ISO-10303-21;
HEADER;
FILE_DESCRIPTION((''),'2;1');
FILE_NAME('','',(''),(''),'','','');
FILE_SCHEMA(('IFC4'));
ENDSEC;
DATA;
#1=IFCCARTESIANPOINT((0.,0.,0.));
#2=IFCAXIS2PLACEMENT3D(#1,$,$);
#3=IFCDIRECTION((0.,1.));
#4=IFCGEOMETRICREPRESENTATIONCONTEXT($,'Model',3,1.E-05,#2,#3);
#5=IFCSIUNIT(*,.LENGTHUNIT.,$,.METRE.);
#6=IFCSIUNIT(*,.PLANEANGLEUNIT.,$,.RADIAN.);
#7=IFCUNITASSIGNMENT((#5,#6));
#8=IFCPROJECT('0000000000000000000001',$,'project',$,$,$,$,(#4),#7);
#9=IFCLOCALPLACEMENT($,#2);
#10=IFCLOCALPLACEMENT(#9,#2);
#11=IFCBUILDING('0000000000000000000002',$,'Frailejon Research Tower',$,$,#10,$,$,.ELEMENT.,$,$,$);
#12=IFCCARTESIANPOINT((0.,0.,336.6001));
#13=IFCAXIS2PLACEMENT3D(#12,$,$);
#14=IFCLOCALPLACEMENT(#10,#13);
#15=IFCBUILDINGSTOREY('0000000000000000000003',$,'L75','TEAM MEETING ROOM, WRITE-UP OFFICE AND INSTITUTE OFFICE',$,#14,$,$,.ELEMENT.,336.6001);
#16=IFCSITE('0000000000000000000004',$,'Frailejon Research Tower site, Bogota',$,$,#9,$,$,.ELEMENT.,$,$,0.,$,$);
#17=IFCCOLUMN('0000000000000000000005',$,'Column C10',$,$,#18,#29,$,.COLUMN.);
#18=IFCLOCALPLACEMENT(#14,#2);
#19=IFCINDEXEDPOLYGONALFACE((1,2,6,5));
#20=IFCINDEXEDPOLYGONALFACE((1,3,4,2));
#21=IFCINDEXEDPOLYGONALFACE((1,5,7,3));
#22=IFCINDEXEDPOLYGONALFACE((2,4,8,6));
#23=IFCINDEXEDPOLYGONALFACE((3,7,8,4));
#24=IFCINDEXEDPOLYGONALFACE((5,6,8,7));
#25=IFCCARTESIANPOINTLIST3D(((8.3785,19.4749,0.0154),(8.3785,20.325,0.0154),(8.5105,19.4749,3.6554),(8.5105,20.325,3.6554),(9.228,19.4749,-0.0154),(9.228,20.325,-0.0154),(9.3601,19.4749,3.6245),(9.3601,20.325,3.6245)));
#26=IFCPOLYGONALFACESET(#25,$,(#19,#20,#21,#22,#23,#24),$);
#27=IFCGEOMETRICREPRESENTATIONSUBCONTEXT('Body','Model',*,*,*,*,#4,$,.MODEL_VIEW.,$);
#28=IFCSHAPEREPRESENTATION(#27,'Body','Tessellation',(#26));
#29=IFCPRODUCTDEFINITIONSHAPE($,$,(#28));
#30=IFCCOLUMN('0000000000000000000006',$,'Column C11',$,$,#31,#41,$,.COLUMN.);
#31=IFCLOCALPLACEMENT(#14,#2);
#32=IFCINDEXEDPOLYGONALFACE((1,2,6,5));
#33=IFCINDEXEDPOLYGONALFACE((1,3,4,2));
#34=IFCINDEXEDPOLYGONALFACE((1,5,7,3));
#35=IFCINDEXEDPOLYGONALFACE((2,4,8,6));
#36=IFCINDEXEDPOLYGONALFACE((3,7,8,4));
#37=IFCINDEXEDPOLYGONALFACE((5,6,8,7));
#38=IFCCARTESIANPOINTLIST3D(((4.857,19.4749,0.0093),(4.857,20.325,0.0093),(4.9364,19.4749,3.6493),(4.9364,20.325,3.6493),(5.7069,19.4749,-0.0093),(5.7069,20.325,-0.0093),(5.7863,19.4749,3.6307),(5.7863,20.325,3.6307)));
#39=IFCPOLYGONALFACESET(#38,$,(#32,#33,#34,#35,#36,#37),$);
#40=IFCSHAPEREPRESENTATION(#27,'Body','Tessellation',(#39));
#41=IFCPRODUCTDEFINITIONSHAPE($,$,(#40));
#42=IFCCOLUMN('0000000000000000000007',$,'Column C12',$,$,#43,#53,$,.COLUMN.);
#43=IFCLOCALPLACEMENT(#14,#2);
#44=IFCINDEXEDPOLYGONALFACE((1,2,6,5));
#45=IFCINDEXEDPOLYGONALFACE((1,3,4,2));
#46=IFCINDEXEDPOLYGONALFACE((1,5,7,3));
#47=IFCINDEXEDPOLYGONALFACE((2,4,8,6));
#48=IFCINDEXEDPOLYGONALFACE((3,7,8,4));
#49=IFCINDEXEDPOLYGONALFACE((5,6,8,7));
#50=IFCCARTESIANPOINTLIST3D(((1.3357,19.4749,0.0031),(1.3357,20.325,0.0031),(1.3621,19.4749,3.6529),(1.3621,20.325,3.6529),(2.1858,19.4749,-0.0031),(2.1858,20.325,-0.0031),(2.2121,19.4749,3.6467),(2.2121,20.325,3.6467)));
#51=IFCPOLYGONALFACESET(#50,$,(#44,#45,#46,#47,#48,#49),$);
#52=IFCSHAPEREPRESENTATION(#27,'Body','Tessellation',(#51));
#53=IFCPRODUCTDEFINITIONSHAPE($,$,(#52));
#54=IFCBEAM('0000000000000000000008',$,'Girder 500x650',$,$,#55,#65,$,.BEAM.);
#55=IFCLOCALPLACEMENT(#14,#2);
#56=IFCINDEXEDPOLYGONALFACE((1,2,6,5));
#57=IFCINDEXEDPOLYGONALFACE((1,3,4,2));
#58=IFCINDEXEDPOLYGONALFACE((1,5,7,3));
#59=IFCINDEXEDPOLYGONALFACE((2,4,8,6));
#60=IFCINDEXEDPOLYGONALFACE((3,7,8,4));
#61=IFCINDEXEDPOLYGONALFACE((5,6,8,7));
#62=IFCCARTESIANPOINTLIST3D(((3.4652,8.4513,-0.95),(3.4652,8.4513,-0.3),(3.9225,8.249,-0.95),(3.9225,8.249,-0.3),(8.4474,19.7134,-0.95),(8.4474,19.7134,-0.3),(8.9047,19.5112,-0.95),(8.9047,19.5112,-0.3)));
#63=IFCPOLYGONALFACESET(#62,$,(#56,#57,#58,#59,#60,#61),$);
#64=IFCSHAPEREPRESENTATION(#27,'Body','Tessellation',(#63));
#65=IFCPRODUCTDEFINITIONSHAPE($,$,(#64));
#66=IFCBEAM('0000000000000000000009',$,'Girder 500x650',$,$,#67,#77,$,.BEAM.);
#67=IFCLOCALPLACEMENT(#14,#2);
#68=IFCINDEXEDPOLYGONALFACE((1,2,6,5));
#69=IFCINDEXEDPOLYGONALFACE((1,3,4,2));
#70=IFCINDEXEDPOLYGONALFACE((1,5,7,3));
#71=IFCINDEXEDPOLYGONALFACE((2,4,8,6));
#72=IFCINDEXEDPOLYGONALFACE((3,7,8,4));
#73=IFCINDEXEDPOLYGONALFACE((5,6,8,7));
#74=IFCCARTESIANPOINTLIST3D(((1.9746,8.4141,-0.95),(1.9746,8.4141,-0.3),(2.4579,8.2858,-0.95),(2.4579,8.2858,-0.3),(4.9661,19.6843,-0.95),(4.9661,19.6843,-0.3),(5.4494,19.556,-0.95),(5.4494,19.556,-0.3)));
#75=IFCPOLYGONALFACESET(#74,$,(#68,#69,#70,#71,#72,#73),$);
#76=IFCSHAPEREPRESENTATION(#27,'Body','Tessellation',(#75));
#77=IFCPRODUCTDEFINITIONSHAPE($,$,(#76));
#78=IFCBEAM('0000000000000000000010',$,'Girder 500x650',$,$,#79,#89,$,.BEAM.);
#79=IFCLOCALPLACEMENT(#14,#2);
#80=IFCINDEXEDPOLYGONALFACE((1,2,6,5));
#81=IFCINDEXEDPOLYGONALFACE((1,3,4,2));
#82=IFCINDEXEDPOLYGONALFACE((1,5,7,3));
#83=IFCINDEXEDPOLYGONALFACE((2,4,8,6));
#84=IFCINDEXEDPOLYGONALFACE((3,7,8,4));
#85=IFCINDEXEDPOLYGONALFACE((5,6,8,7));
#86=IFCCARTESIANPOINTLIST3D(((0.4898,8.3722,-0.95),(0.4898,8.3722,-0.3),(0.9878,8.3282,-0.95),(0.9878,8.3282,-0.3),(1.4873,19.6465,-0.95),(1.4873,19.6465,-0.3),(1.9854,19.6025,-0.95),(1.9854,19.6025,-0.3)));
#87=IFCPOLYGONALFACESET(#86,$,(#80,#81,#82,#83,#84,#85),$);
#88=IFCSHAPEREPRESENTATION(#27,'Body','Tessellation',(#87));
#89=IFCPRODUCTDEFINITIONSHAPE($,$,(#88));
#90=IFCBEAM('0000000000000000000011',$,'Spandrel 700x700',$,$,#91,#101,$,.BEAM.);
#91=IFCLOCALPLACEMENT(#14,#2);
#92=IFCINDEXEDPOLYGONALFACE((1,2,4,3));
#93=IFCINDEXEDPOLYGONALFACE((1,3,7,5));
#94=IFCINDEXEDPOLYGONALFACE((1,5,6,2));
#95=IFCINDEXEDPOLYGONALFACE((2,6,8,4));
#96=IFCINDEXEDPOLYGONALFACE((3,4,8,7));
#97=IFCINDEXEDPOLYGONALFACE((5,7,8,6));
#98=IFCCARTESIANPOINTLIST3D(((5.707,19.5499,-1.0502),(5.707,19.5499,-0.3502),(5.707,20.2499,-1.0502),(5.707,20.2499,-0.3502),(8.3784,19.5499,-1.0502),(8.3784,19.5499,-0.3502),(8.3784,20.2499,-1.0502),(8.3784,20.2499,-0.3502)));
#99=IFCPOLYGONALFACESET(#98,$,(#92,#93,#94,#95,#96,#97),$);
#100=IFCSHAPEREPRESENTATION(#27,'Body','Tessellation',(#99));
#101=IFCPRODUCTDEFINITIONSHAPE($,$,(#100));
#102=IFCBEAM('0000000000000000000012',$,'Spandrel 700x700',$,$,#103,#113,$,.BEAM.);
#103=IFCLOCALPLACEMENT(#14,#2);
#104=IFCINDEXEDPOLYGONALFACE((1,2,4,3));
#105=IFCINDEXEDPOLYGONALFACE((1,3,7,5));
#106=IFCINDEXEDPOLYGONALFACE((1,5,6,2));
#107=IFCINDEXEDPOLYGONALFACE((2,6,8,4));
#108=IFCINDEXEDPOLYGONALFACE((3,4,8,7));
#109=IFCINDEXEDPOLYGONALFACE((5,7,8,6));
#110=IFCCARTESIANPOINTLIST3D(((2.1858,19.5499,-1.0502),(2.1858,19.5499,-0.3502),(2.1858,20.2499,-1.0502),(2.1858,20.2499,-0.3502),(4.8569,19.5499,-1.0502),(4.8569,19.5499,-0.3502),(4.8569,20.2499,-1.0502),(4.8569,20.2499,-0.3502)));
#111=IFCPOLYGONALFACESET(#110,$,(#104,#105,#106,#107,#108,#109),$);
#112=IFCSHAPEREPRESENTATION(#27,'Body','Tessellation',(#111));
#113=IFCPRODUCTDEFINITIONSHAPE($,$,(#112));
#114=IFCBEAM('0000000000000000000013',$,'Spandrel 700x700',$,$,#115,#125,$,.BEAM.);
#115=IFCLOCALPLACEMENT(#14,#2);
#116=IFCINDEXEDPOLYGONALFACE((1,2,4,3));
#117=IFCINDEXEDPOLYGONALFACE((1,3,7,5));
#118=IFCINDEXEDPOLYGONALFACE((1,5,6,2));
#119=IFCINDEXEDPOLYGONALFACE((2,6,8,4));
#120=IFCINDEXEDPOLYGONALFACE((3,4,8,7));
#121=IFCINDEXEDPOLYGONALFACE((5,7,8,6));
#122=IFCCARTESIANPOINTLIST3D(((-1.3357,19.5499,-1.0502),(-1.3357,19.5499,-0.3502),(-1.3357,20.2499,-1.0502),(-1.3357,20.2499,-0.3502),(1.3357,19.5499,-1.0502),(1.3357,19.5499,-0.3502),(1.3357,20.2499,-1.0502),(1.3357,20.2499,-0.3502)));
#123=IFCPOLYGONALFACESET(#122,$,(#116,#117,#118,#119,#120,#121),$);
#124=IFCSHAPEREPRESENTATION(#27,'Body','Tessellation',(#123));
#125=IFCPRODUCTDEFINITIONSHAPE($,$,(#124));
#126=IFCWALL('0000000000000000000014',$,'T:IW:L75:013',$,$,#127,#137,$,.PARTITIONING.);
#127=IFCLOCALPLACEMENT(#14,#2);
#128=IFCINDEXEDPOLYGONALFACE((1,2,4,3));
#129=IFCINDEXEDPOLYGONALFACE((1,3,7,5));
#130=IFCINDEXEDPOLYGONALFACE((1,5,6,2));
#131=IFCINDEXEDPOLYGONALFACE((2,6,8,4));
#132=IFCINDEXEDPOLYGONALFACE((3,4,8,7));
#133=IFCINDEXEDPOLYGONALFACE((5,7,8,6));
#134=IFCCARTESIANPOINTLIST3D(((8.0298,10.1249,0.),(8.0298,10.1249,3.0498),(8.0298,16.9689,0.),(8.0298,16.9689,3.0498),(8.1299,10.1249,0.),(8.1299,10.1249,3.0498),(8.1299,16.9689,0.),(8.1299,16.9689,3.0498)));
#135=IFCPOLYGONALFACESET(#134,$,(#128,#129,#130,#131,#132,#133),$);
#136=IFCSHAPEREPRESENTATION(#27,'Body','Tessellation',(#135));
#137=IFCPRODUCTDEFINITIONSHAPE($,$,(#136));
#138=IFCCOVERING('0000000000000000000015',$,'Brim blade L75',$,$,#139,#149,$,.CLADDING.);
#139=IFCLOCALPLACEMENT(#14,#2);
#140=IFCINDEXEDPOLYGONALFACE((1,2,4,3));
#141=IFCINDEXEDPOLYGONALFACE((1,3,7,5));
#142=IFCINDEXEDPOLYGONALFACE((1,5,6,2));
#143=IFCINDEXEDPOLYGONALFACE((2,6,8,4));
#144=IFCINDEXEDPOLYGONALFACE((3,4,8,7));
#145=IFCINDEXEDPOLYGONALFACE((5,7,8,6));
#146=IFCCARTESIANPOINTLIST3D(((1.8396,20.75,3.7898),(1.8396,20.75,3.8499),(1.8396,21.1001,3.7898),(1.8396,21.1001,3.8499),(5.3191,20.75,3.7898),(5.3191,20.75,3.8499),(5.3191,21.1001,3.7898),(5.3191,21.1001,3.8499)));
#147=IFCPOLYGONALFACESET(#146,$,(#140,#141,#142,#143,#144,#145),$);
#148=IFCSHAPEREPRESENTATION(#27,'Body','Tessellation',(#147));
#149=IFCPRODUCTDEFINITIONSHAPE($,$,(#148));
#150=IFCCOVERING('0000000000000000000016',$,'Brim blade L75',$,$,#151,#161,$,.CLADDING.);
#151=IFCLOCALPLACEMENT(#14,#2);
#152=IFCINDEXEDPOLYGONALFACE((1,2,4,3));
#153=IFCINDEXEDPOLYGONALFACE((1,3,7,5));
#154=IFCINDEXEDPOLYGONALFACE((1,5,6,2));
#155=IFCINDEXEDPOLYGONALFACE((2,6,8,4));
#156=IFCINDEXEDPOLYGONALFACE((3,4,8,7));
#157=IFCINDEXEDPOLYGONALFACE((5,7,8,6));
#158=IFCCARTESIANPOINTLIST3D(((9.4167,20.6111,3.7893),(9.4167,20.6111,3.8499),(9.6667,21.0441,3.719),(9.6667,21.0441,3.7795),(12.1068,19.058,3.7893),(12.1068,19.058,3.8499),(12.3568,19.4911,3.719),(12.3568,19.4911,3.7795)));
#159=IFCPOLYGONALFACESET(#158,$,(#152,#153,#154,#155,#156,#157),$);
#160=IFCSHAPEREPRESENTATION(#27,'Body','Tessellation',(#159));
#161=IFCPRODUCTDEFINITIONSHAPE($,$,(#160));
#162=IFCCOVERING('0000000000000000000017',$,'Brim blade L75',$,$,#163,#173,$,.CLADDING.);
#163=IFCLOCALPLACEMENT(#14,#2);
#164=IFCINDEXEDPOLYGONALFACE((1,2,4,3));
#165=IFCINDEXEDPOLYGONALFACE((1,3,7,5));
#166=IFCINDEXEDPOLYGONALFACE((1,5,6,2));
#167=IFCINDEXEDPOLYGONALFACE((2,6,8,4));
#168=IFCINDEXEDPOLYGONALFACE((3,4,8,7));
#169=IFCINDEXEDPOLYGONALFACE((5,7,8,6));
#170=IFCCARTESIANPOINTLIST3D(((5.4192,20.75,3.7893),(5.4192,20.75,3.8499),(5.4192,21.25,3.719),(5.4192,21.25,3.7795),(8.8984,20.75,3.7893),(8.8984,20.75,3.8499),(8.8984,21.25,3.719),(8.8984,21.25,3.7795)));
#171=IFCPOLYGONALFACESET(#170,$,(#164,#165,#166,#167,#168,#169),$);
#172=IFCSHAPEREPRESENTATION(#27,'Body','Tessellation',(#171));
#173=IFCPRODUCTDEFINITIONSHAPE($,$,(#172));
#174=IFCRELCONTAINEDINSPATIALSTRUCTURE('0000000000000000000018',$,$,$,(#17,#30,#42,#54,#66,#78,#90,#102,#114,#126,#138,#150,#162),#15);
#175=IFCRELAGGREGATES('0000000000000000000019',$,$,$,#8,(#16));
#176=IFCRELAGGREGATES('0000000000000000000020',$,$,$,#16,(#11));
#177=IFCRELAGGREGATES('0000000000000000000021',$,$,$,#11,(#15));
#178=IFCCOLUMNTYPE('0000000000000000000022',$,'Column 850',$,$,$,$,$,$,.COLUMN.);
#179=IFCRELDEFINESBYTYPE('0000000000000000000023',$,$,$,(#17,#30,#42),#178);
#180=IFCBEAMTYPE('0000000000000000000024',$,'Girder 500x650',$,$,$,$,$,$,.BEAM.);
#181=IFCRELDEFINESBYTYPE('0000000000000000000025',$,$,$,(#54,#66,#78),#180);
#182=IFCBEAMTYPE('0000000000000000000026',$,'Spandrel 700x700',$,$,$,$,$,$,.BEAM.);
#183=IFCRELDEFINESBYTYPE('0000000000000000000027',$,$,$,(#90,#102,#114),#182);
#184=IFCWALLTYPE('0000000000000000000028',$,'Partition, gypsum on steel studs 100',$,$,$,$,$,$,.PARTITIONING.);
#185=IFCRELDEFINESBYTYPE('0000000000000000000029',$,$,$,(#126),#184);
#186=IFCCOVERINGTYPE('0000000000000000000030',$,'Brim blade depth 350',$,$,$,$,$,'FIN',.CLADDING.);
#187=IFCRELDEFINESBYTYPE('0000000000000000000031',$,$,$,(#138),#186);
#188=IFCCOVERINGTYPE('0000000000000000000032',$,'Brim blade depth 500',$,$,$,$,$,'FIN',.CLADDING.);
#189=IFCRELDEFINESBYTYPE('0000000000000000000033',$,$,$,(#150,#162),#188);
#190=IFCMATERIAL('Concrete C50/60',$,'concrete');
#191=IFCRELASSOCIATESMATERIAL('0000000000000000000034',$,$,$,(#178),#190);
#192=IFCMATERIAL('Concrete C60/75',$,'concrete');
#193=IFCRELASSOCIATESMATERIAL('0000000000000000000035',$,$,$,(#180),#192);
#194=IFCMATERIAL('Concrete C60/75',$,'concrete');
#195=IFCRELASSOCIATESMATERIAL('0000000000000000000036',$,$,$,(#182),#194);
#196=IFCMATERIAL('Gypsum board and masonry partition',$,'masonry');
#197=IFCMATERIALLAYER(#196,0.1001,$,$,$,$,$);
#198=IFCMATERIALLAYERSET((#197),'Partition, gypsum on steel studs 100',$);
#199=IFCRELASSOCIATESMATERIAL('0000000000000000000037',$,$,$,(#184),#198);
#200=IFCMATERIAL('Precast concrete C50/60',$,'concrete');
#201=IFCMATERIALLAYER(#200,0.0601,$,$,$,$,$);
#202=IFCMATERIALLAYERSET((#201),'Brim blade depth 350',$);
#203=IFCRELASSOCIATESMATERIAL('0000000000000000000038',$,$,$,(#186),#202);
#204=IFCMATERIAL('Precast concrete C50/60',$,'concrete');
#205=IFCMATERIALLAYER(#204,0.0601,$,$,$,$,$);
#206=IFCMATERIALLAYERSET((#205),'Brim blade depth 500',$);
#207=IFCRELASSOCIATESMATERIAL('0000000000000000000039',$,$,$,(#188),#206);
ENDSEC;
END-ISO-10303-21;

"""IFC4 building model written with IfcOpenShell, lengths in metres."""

from ifc_helpers import new_model, si_unit, direction, frame, frame_2d, origin, origin_2d, place, context, subcontext, project, spatial, polyline, rectangle, outline, extrude, material, layer, layer_set, material_profile, profile_set, type_object, element, save


model = new_model("IFC4")

# Units and contexts
model_context = context("Model", 3, precision=1e-05, world=origin(), true_north=direction((0.0, 1.0)))
body_context = subcontext(model_context, "Body", "Model", "MODEL_VIEW")
ifc_project = project(units=[si_unit("LENGTHUNIT", "METRE"), si_unit("PLANEANGLEUNIT", "RADIAN")], contexts=[model_context])

# Site, building, storey
site_placement = place(None, origin())
site = spatial("IfcSite", under=ifc_project, at=site_placement, Name="Frailejon Research Tower site, Bogota", CompositionType="ELEMENT", RefElevation=0.0)
building_placement = place(site_placement, origin())
building = spatial("IfcBuilding", under=site, at=building_placement, Name="Frailejon Research Tower", CompositionType="ELEMENT")
storey_placement = place(building_placement, frame((0.0, 0.0, 336.6001)))
storey = spatial("IfcBuildingStorey", under=building, at=storey_placement, Name="L75", Description="TEAM MEETING ROOM, WRITE-UP OFFICE AND INSTITUTE OFFICE", CompositionType="ELEMENT", Elevation=336.6001)

# Columns
ifc_material_1 = material(Name="Concrete C50/60", Category="concrete")
ifc_material_profile_1 = material_profile(ifc_material_1, rectangle(XDim=0.8501, YDim=0.8501, at=origin_2d()), Name="Column 850")
ifc_profile_set_1 = profile_set([ifc_material_profile_1], Name="Concrete C50/60")
column_type = type_object("IfcColumnType", Name="Column 850", PredefinedType="COLUMN", material=ifc_profile_set_1)
column_1_placement = place(storey_placement, frame((8.8032, 19.8999, 0.0), z_axis=(0.036263, 0.0, 0.999342), x_axis=(-0.999342, 0.0, 0.036263)))
element("IfcColumn", 1, at=column_1_placement, inside=storey, type_object=column_type, Name="Column C10", PredefinedType="COLUMN", context=body_context, shape_type="SweptSolid", body=[
    extrude(rectangle(XDim=0.8501, YDim=0.8501, at=origin_2d()), origin(), (0.0, 0.0, 1.0), 3.6423),
])
column_2_placement = place(storey_placement, frame((5.282, 19.8999, 0.0), z_axis=(0.021794, 0.0, 0.999762), x_axis=(-0.999762, 0.0, 0.021794)))
element("IfcColumn", 2, at=column_2_placement, inside=storey, type_object=column_type, Name="Column C11", PredefinedType="COLUMN", context=body_context, shape_type="SweptSolid", body=[
    extrude(rectangle(XDim=0.8501, YDim=0.8501, at=origin_2d()), origin(), (0.0, 0.0, 1.0), 3.6409),
])
column_3_placement = place(storey_placement, frame((1.7607, 19.8999, 0.0), z_axis=(0.007224, 0.0, 0.999974), x_axis=(-0.999974, 0.0, 0.007224)))
element("IfcColumn", 3, at=column_3_placement, inside=storey, type_object=column_type, Name="Column C12", PredefinedType="COLUMN", context=body_context, shape_type="SweptSolid", body=[
    extrude(rectangle(XDim=0.8501, YDim=0.8501, at=origin_2d()), origin(), (0.0, 0.0, 1.0), 3.6499),
])

# Beams
ifc_material_2 = material(Name="Concrete C60/75", Category="concrete")
ifc_material_profile_2 = material_profile(ifc_material_2, rectangle(XDim=0.5, YDim=0.6499, at=origin_2d()), Name="Girder 500x650")
ifc_profile_set_2 = profile_set([ifc_material_profile_2], Name="Concrete C60/75")
beam_type_1 = type_object("IfcBeamType", Name="Girder 500x650", PredefinedType="BEAM", material=ifc_profile_set_2)
beam_1_placement = place(storey_placement, frame((8.676, 19.6123, -0.625), z_axis=(-0.404561, -0.914511, 0.0), x_axis=(0.914511, -0.404561, 0.0)))
element("IfcBeam", 4, at=beam_1_placement, inside=storey, type_object=beam_type_1, Name="Girder 500x650", PredefinedType="BEAM", context=body_context, shape_type="SweptSolid", body=[
    extrude(rectangle(XDim=0.5, YDim=0.6499, at=origin_2d()), origin(), (0.0, 0.0, 1.0), 12.3149),
])
beam_2_placement = place(storey_placement, frame((5.2078, 19.6201, -0.625), z_axis=(-0.256551, -0.966531, 0.0), x_axis=(0.966531, -0.256551, 0.0)))
element("IfcBeam", 5, at=beam_2_placement, inside=storey, type_object=beam_type_1, Name="Girder 500x650", PredefinedType="BEAM", context=body_context, shape_type="SweptSolid", body=[
    extrude(rectangle(XDim=0.5, YDim=0.6499, at=origin_2d()), origin(), (0.0, 0.0, 1.0), 11.6604),
])
beam_3_placement = place(storey_placement, frame((1.7363, 19.6245, -0.625), z_axis=(-0.088136, -0.996108, 0.0), x_axis=(0.996108, -0.088136, 0.0)))
element("IfcBeam", 6, at=beam_3_placement, inside=storey, type_object=beam_type_1, Name="Girder 500x650", PredefinedType="BEAM", context=body_context, shape_type="SweptSolid", body=[
    extrude(rectangle(XDim=0.5, YDim=0.6499, at=origin_2d()), origin(), (0.0, 0.0, 1.0), 11.3184),
])
ifc_material_3 = material(Name="Concrete C60/75", Category="concrete")
ifc_material_profile_3 = material_profile(ifc_material_3, rectangle(XDim=0.7, YDim=0.7, at=origin_2d()), Name="Spandrel 700x700")
ifc_profile_set_3 = profile_set([ifc_material_profile_3], Name="Concrete C60/75")
beam_type_2 = type_object("IfcBeamType", Name="Spandrel 700x700", PredefinedType="BEAM", material=ifc_profile_set_3)
beam_4_placement = place(storey_placement, frame((8.3784, 19.8999, -0.7002), z_axis=(-1.0, 0.0, 0.0), x_axis=(0.0, -1.0, 0.0)))
element("IfcBeam", 7, at=beam_4_placement, inside=storey, type_object=beam_type_2, Name="Spandrel 700x700", PredefinedType="BEAM", context=body_context, shape_type="SweptSolid", body=[
    extrude(rectangle(XDim=0.7, YDim=0.7, at=origin_2d()), origin(), (0.0, 0.0, 1.0), 2.6714),
])
beam_5_placement = place(storey_placement, frame((4.8569, 19.8999, -0.7002), z_axis=(-1.0, 0.0, 0.0), x_axis=(0.0, -1.0, 0.0)))
element("IfcBeam", 8, at=beam_5_placement, inside=storey, type_object=beam_type_2, Name="Spandrel 700x700", PredefinedType="BEAM", context=body_context, shape_type="SweptSolid", body=[
    extrude(rectangle(XDim=0.7, YDim=0.7, at=origin_2d()), origin(), (0.0, 0.0, 1.0), 2.6711),
])
beam_6_placement = place(storey_placement, frame((1.3357, 19.8999, -0.7002), z_axis=(-1.0, 0.0, 0.0), x_axis=(0.0, -1.0, 0.0)))
element("IfcBeam", 9, at=beam_6_placement, inside=storey, type_object=beam_type_2, Name="Spandrel 700x700", PredefinedType="BEAM", context=body_context, shape_type="SweptSolid", body=[
    extrude(rectangle(XDim=0.7, YDim=0.7, at=origin_2d()), origin(), (0.0, 0.0, 1.0), 2.6714),
])

# Wall
ifc_material_4 = material(Name="Gypsum board and masonry partition", Category="masonry")
ifc_layer_1 = layer(ifc_material_4, 0.1001)
ifc_layer_set_1 = layer_set([ifc_layer_1], Name="Partition, gypsum on steel studs 100")
wall_type_1 = type_object("IfcWallType", Name="Partition, gypsum on steel studs 100", PredefinedType="PARTITIONING", material=ifc_layer_set_1)
wall_1_placement = place(storey_placement, frame((8.0798, 10.125, 0.0), z_axis=(0.0, 0.0, 1.0), x_axis=(0.0, 1.0, 0.0)))
element("IfcWall", 10, at=wall_1_placement, inside=storey, type_object=wall_type_1, Name="T:IW:L75:013", PredefinedType="PARTITIONING", context=body_context, shape_type="SweptSolid", body=[
    extrude(rectangle(XDim=6.844, YDim=0.1001, at=frame_2d((3.4219, 0.0))), origin(), (0.0, 0.0, 1.0), 3.0498),
])

# Coverings
ifc_material_5 = material(Name="Precast concrete C50/60", Category="concrete")
ifc_layer_2 = layer(ifc_material_5, 0.0601)
ifc_layer_set_2 = layer_set([ifc_layer_2], Name="Brim blade depth 350")
covering_type_1 = type_object("IfcCoveringType", Name="Brim blade depth 350", ElementType="FIN", PredefinedType="CLADDING", material=ifc_layer_set_2)
covering_1_placement = place(storey_placement, frame((1.8396, 20.75, 3.8499), z_axis=(1.0, 0.0, 0.0), x_axis=(0.0, 1.0, 0.0)))
element("IfcCovering", 11, at=covering_1_placement, inside=storey, type_object=covering_type_1, Name="Brim blade L75", PredefinedType="CLADDING", context=body_context, shape_type="SweptSolid", body=[
    extrude(outline(polyline([(0.0, -0.0601), (0.3501, -0.0601), (0.3501, 0.0), (0.0, 0.0), (0.0, -0.0601)])), origin(), (0.0, 0.0, 1.0), 3.4795),
])
ifc_material_6 = material(Name="Precast concrete C50/60", Category="concrete")
ifc_layer_3 = layer(ifc_material_6, 0.0601)
ifc_layer_set_3 = layer_set([ifc_layer_3], Name="Brim blade depth 500")
covering_type_2 = type_object("IfcCoveringType", Name="Brim blade depth 500", ElementType="FIN", PredefinedType="CLADDING", material=ifc_layer_set_3)
covering_2_placement = place(storey_placement, frame((9.4167, 20.6111, 3.8499), z_axis=(0.866035, -0.499983, 0.0), x_axis=(0.499983, 0.866035, 0.0)))
element("IfcCovering", 12, at=covering_2_placement, inside=storey, type_object=covering_type_2, Name="Brim blade L75", PredefinedType="CLADDING", context=body_context, shape_type="SweptSolid", body=[
    extrude(outline(polyline([(0.0, -0.0605), (0.5, -0.1309), (0.5, -0.0703), (0.0, 0.0), (0.0, -0.0605)])), origin(), (0.0, 0.0, 1.0), 3.1062),
])
covering_3_placement = place(storey_placement, frame((5.4192, 20.75, 3.8499), z_axis=(1.0, 0.0, 0.0), x_axis=(0.0, 1.0, 0.0)))
element("IfcCovering", 13, at=covering_3_placement, inside=storey, type_object=covering_type_2, Name="Brim blade L75", PredefinedType="CLADDING", context=body_context, shape_type="SweptSolid", body=[
    extrude(outline(polyline([(0.0, -0.0605), (0.5, -0.1309), (0.5, -0.0703), (0.0, 0.0), (0.0, -0.0605)])), origin(), (0.0, 0.0, 1.0), 3.4792),
])

save(model, "model.ifc")
